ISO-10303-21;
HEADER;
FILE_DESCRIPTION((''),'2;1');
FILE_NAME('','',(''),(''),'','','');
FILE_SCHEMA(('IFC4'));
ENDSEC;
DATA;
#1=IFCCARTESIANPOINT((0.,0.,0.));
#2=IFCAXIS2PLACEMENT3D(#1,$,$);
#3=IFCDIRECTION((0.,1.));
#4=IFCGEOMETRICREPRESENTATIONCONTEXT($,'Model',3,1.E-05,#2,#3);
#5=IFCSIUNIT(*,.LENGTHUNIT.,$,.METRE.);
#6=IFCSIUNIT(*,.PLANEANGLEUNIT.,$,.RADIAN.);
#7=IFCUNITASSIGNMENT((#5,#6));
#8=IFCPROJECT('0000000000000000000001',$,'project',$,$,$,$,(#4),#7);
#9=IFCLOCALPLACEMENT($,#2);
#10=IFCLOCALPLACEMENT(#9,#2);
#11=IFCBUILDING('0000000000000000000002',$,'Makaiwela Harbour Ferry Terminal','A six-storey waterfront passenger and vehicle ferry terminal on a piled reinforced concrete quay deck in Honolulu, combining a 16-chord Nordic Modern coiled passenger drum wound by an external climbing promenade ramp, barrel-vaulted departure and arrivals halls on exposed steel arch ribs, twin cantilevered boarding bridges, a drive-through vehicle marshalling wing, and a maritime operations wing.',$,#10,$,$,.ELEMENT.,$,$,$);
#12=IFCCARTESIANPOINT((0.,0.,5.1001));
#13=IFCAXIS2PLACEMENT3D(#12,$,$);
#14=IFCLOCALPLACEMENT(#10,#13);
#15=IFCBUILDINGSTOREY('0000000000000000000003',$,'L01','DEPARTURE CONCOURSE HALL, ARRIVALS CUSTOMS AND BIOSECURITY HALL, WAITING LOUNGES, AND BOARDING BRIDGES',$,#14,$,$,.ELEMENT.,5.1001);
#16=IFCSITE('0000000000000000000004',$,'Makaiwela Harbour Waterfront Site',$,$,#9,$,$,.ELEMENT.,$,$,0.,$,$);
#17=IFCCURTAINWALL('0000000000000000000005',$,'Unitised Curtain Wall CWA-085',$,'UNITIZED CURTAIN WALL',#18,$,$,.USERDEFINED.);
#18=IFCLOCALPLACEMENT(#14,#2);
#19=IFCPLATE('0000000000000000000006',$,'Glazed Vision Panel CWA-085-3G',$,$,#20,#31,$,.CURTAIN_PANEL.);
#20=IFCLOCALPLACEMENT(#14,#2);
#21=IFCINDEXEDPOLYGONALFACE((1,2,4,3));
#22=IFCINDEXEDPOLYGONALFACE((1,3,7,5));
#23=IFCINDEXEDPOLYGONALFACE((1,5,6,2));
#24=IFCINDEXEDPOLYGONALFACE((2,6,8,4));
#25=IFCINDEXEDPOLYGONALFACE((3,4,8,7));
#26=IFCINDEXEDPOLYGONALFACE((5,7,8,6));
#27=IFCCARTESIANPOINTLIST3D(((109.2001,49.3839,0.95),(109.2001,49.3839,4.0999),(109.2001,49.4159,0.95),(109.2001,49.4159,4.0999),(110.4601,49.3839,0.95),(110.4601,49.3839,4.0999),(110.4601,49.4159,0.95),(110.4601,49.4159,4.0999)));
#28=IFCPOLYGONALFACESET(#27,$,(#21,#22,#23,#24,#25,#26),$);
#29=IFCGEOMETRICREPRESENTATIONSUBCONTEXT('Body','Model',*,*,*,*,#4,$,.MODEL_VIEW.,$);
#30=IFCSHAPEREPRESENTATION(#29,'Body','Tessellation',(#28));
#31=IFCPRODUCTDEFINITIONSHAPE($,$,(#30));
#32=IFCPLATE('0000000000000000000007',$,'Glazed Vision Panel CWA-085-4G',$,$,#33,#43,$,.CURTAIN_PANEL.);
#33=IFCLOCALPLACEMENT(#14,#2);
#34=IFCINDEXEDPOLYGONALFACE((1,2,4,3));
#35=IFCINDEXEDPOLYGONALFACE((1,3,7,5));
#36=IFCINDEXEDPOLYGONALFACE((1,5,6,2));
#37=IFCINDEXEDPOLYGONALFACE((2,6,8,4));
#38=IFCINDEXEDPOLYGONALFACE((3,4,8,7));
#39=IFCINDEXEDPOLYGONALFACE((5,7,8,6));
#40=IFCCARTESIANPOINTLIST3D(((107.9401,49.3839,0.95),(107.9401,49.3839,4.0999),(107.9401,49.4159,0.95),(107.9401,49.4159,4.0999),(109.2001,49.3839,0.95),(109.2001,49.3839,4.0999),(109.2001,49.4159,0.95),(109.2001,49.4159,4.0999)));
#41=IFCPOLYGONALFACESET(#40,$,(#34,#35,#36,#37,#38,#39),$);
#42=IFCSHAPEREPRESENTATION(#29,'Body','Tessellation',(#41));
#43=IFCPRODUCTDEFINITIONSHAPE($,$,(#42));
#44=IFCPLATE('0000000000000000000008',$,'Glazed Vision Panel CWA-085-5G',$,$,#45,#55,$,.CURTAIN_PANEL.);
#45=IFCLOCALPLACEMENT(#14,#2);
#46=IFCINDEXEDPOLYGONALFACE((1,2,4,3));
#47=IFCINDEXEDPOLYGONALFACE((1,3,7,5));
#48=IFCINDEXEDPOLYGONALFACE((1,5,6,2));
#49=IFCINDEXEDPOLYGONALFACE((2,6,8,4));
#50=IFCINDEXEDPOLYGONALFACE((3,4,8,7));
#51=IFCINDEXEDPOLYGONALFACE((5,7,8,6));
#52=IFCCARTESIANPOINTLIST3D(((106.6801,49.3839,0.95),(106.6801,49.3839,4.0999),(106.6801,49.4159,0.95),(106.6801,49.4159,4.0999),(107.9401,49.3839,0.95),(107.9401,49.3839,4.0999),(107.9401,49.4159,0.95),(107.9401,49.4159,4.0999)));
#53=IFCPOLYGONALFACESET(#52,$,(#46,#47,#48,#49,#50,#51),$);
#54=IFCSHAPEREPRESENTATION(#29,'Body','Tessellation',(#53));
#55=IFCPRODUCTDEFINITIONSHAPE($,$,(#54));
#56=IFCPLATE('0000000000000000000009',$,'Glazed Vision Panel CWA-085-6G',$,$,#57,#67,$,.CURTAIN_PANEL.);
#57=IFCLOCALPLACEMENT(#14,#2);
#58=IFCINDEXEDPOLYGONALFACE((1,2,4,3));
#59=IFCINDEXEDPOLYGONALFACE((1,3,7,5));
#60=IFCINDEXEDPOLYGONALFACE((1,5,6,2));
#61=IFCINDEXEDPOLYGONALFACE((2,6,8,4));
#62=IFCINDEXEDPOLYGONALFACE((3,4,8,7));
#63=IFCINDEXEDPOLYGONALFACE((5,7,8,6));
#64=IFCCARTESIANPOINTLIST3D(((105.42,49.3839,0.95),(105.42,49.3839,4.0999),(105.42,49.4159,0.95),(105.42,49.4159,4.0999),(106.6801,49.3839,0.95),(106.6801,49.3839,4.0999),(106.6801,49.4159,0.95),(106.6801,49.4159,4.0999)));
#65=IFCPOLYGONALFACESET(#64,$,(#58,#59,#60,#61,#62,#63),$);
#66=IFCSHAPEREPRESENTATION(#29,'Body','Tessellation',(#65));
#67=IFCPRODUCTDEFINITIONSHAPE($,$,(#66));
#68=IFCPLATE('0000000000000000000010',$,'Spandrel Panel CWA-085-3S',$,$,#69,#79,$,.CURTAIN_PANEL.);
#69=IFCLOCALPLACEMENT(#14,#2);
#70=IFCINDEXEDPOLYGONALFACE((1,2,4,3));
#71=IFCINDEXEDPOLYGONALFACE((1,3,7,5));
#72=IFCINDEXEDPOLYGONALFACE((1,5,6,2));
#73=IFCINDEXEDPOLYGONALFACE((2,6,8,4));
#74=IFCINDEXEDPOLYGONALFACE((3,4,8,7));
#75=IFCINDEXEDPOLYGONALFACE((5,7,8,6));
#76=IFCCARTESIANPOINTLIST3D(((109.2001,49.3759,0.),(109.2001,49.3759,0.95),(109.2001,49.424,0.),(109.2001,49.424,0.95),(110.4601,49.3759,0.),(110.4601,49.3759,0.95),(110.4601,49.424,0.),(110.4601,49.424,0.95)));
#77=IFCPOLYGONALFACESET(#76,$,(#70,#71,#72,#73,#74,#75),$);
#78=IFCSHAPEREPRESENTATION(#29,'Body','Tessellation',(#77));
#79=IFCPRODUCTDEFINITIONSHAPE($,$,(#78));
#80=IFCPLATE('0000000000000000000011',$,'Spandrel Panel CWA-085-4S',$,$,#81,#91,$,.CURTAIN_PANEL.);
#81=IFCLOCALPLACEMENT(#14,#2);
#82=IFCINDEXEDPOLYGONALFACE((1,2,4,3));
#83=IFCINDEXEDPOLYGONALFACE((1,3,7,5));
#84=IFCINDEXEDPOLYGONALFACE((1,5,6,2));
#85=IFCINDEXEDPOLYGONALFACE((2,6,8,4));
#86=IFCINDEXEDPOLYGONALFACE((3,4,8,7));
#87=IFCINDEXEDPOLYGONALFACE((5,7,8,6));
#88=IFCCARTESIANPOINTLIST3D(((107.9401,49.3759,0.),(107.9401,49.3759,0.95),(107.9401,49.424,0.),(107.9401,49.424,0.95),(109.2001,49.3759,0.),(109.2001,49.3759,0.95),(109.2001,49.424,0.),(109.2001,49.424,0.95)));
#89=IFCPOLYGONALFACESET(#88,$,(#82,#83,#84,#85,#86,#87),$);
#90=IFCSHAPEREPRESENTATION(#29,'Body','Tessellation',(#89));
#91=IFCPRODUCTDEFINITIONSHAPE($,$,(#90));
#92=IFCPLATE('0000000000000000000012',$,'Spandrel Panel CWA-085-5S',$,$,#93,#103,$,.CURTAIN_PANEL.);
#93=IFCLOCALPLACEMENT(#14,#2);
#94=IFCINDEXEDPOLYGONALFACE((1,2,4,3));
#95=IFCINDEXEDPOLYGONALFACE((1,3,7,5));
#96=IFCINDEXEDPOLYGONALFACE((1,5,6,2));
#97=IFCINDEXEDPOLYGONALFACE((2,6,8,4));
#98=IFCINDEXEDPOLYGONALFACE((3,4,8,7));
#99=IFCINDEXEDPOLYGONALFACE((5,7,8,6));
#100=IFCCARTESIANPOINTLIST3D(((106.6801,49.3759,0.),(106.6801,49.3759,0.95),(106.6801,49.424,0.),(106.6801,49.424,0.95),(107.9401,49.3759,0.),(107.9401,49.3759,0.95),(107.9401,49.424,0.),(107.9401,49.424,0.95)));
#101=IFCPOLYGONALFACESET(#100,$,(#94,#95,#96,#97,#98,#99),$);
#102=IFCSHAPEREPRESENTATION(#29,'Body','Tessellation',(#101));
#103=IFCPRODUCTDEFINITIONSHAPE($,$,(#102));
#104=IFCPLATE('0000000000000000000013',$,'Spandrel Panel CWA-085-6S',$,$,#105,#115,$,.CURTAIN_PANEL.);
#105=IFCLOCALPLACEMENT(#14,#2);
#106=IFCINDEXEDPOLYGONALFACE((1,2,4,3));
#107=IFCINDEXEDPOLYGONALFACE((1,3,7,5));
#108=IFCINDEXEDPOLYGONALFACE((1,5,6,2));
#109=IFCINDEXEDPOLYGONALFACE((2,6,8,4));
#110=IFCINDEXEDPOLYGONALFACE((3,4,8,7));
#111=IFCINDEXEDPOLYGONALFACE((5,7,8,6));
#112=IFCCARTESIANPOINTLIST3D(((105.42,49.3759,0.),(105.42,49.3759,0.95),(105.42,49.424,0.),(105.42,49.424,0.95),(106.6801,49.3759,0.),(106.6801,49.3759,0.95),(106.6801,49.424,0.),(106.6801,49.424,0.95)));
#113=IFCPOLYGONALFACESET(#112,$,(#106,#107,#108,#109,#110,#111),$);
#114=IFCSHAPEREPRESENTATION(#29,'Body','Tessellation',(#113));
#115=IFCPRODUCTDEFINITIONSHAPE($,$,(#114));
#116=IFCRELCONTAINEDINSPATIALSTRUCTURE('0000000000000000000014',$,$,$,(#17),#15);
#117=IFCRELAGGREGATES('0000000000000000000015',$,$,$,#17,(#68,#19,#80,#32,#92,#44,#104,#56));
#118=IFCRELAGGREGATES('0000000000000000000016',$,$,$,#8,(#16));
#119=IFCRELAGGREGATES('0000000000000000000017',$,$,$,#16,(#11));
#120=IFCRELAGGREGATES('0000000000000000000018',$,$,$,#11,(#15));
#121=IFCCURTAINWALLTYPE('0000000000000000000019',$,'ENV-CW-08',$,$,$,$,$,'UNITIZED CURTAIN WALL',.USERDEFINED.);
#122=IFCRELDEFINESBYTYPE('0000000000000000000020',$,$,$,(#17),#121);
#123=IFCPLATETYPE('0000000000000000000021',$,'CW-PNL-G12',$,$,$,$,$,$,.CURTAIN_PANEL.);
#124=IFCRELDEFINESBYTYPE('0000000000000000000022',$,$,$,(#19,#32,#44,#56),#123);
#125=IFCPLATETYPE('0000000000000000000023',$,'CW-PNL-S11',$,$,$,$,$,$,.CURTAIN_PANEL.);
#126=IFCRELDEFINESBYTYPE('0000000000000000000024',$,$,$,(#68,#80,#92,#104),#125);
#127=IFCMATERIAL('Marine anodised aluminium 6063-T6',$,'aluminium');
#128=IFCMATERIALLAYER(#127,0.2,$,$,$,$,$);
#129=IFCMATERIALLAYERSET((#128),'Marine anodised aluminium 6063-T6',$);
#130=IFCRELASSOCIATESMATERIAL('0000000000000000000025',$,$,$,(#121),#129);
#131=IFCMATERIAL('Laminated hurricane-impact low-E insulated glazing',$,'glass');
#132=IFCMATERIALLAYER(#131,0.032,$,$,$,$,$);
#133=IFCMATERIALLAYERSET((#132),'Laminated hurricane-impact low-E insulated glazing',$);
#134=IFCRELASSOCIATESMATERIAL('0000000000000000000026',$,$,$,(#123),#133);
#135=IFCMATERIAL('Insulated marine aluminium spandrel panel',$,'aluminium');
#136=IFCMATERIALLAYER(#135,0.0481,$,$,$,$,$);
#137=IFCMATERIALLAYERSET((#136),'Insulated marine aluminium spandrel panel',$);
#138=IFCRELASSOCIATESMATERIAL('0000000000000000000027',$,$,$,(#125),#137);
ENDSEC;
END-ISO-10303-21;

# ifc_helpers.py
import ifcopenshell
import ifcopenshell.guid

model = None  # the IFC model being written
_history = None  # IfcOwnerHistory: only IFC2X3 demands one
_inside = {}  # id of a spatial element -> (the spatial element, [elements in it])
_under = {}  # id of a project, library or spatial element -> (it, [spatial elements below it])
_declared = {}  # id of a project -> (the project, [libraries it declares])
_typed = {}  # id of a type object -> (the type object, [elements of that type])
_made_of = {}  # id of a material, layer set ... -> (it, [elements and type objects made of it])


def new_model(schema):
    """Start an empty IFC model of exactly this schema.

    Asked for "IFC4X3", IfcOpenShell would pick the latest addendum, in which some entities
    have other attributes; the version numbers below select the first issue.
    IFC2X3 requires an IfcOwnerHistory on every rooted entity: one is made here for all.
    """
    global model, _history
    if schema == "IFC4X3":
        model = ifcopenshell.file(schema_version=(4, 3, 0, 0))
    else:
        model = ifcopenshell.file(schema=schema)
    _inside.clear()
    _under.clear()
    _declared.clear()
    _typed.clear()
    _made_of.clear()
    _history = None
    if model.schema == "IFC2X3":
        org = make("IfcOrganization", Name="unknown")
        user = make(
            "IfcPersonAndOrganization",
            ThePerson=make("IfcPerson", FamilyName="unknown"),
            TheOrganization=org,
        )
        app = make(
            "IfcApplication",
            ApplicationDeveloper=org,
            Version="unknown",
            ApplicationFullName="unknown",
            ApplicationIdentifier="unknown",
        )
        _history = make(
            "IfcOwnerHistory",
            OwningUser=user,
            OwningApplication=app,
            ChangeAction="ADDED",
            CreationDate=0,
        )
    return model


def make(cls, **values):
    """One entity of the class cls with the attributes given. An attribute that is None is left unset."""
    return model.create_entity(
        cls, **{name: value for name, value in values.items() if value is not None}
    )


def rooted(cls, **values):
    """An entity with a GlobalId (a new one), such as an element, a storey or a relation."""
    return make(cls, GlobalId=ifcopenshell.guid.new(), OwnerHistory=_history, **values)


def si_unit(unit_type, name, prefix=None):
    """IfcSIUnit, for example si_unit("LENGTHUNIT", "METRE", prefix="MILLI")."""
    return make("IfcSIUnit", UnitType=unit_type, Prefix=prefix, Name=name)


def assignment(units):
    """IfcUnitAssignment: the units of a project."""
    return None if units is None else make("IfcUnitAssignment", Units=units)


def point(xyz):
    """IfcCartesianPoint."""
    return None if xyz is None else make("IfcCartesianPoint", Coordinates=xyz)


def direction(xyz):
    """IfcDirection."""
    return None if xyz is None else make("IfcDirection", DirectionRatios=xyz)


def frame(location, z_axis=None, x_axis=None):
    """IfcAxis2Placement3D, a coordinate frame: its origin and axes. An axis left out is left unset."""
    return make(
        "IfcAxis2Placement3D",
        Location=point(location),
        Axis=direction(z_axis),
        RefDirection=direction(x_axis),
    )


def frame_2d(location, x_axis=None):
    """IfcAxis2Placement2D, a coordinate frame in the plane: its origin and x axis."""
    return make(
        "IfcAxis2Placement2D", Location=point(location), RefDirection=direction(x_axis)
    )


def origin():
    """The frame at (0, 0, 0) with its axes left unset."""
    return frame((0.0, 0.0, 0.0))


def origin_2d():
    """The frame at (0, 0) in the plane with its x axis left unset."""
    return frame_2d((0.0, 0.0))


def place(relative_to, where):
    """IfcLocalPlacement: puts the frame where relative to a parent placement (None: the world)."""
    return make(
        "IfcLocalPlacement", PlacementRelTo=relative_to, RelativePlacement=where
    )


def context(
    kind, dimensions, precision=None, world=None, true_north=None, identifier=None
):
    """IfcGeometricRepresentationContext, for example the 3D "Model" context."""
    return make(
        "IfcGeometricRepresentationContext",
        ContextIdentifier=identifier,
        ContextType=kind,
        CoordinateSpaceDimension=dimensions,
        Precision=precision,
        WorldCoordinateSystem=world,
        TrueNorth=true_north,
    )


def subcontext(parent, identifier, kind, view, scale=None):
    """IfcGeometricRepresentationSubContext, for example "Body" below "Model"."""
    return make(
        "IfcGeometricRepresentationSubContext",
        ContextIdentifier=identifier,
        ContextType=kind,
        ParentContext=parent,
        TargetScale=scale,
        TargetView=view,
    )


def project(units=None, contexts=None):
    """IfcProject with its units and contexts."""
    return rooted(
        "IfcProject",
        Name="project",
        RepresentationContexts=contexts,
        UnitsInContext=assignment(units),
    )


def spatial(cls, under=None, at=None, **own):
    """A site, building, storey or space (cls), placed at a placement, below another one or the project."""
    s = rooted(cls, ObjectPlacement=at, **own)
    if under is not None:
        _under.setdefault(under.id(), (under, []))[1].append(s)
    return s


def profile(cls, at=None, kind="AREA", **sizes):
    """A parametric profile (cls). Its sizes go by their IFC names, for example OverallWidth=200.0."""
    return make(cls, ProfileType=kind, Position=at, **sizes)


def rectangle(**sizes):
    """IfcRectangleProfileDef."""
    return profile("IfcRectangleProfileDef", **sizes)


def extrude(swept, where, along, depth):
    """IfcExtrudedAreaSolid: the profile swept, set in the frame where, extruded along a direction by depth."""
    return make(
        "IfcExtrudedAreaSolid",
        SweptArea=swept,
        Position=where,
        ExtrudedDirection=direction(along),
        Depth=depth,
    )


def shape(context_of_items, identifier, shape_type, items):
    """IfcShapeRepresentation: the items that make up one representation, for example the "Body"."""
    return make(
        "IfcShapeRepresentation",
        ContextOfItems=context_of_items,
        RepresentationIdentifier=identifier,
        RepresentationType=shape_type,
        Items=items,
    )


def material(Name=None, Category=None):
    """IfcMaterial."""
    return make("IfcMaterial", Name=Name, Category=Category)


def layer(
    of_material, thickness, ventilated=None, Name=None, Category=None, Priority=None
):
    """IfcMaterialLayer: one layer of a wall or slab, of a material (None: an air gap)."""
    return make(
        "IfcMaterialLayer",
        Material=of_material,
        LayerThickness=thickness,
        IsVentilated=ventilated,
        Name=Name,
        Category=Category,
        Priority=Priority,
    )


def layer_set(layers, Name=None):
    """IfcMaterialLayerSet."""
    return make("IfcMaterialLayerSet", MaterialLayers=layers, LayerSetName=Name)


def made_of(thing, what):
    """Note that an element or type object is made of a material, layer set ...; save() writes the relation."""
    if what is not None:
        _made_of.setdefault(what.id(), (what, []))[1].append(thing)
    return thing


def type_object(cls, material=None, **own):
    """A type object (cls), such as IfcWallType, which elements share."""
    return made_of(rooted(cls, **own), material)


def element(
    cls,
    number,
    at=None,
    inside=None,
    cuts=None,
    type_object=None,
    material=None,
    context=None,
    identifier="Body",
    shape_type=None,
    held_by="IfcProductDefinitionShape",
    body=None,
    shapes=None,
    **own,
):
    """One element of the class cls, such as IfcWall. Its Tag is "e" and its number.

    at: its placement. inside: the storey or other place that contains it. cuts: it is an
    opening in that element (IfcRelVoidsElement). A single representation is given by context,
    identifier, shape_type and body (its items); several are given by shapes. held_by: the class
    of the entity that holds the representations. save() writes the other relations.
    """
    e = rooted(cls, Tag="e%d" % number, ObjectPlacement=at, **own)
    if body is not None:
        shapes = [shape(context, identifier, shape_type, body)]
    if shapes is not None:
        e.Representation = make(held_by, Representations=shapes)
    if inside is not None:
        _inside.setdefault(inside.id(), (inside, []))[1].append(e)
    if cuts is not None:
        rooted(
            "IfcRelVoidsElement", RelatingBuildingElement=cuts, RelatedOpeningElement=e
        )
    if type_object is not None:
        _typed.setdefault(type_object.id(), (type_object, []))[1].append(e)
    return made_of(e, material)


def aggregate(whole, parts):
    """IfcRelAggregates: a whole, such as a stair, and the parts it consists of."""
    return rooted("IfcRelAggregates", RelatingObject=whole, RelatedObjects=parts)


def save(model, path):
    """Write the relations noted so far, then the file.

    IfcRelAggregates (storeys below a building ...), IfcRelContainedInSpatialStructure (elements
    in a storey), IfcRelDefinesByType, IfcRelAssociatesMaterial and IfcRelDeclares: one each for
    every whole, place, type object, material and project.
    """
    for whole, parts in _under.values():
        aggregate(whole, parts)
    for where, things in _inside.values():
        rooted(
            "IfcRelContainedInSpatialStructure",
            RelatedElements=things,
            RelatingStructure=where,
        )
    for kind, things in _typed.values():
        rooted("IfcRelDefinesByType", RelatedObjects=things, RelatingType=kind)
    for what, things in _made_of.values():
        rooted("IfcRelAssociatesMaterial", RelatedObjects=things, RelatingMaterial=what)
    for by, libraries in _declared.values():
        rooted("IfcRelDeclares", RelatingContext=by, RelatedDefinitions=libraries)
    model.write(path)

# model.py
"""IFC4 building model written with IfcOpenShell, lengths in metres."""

from ifc_helpers import new_model, si_unit, direction, frame, origin, origin_2d, place, context, subcontext, project, spatial, rectangle, extrude, material, layer, layer_set, type_object, element, aggregate, save


model = new_model("IFC4")

# Units and contexts
model_context = context("Model", 3, precision=1e-05, world=origin(), true_north=direction((0.0, 1.0)))
body_context = subcontext(model_context, "Body", "Model", "MODEL_VIEW")
ifc_project = project(units=[si_unit("LENGTHUNIT", "METRE"), si_unit("PLANEANGLEUNIT", "RADIAN")], contexts=[model_context])

# Site, building, storey
site_placement = place(None, origin())
site = spatial("IfcSite", under=ifc_project, at=site_placement, Name="Makaiwela Harbour Waterfront Site", CompositionType="ELEMENT", RefElevation=0.0)
building_placement = place(site_placement, origin())
building = spatial("IfcBuilding", under=site, at=building_placement, Name="Makaiwela Harbour Ferry Terminal", Description="A six-storey waterfront passenger and vehicle ferry terminal on a piled reinforced concrete quay deck in Honolulu, combining a 16-chord Nordic Modern coiled passenger drum wound by an external climbing promenade ramp, barrel-vaulted departure and arrivals halls on exposed steel arch ribs, twin cantilevered boarding bridges, a drive-through vehicle marshalling wing, and a maritime operations wing.", CompositionType="ELEMENT")
storey_placement = place(building_placement, frame((0.0, 0.0, 5.1001)))
storey = spatial("IfcBuildingStorey", under=building, at=storey_placement, Name="L01", Description="DEPARTURE CONCOURSE HALL, ARRIVALS CUSTOMS AND BIOSECURITY HALL, WAITING LOUNGES, AND BOARDING BRIDGES", CompositionType="ELEMENT", Elevation=5.1001)

# Curtain wall
ifc_material_1 = material(Name="Marine anodised aluminium 6063-T6", Category="aluminium")
ifc_layer_1 = layer(ifc_material_1, 0.2)
ifc_layer_set_1 = layer_set([ifc_layer_1], Name="Marine anodised aluminium 6063-T6")
curtain_wall_type = type_object("IfcCurtainWallType", Name="ENV-CW-08", ElementType="UNITIZED CURTAIN WALL", PredefinedType="USERDEFINED", material=ifc_layer_set_1)
curtain_wall_placement = place(storey_placement, origin())
curtain_wall = element("IfcCurtainWall", 1, at=curtain_wall_placement, inside=storey, type_object=curtain_wall_type, Name="Unitised Curtain Wall CWA-085", ObjectType="UNITIZED CURTAIN WALL", PredefinedType="USERDEFINED")

# Plates
ifc_material_2 = material(Name="Laminated hurricane-impact low-E insulated glazing", Category="glass")
ifc_layer_2 = layer(ifc_material_2, 0.032)
ifc_layer_set_2 = layer_set([ifc_layer_2], Name="Laminated hurricane-impact low-E insulated glazing")
plate_type_1 = type_object("IfcPlateType", Name="CW-PNL-G12", PredefinedType="CURTAIN_PANEL", material=ifc_layer_set_2)
plate_1_placement = place(storey_placement, frame((109.8301, 49.3999, 0.95), z_axis=(0.0, 0.0, 1.0), x_axis=(-1.0, 0.0, 0.0)))
plate_1 = element("IfcPlate", 2, at=plate_1_placement, type_object=plate_type_1, Name="Glazed Vision Panel CWA-085-3G", PredefinedType="CURTAIN_PANEL", context=body_context, shape_type="SweptSolid", body=[
    extrude(rectangle(XDim=1.26, YDim=0.032, at=origin_2d()), origin(), (0.0, 0.0, 1.0), 3.1499),
])
plate_2_placement = place(storey_placement, frame((108.5701, 49.3999, 0.95), z_axis=(0.0, 0.0, 1.0), x_axis=(-1.0, 0.0, 0.0)))
plate_2 = element("IfcPlate", 3, at=plate_2_placement, type_object=plate_type_1, Name="Glazed Vision Panel CWA-085-4G", PredefinedType="CURTAIN_PANEL", context=body_context, shape_type="SweptSolid", body=[
    extrude(rectangle(XDim=1.26, YDim=0.032, at=origin_2d()), origin(), (0.0, 0.0, 1.0), 3.1499),
])
plate_3_placement = place(storey_placement, frame((107.3101, 49.3999, 0.95), z_axis=(0.0, 0.0, 1.0), x_axis=(-1.0, 0.0, 0.0)))
plate_3 = element("IfcPlate", 4, at=plate_3_placement, type_object=plate_type_1, Name="Glazed Vision Panel CWA-085-5G", PredefinedType="CURTAIN_PANEL", context=body_context, shape_type="SweptSolid", body=[
    extrude(rectangle(XDim=1.26, YDim=0.032, at=origin_2d()), origin(), (0.0, 0.0, 1.0), 3.1499),
])
plate_4_placement = place(storey_placement, frame((106.05, 49.3999, 0.95), z_axis=(0.0, 0.0, 1.0), x_axis=(-1.0, 0.0, 0.0)))
plate_4 = element("IfcPlate", 5, at=plate_4_placement, type_object=plate_type_1, Name="Glazed Vision Panel CWA-085-6G", PredefinedType="CURTAIN_PANEL", context=body_context, shape_type="SweptSolid", body=[
    extrude(rectangle(XDim=1.26, YDim=0.032, at=origin_2d()), origin(), (0.0, 0.0, 1.0), 3.1499),
])
ifc_material_3 = material(Name="Insulated marine aluminium spandrel panel", Category="aluminium")
ifc_layer_3 = layer(ifc_material_3, 0.0481)
ifc_layer_set_3 = layer_set([ifc_layer_3], Name="Insulated marine aluminium spandrel panel")
plate_type_2 = type_object("IfcPlateType", Name="CW-PNL-S11", PredefinedType="CURTAIN_PANEL", material=ifc_layer_set_3)
plate_5_placement = place(storey_placement, frame((109.8301, 49.3999, 0.0), z_axis=(0.0, 0.0, 1.0), x_axis=(-1.0, 0.0, 0.0)))
plate_5 = element("IfcPlate", 6, at=plate_5_placement, type_object=plate_type_2, Name="Spandrel Panel CWA-085-3S", PredefinedType="CURTAIN_PANEL", context=body_context, shape_type="SweptSolid", body=[
    extrude(rectangle(XDim=1.26, YDim=0.0481, at=origin_2d()), origin(), (0.0, 0.0, 1.0), 0.95),
])
plate_6_placement = place(storey_placement, frame((108.5701, 49.3999, 0.0), z_axis=(0.0, 0.0, 1.0), x_axis=(-1.0, 0.0, 0.0)))
plate_6 = element("IfcPlate", 7, at=plate_6_placement, type_object=plate_type_2, Name="Spandrel Panel CWA-085-4S", PredefinedType="CURTAIN_PANEL", context=body_context, shape_type="SweptSolid", body=[
    extrude(rectangle(XDim=1.26, YDim=0.0481, at=origin_2d()), origin(), (0.0, 0.0, 1.0), 0.95),
])
plate_7_placement = place(storey_placement, frame((107.3101, 49.3999, 0.0), z_axis=(0.0, 0.0, 1.0), x_axis=(-1.0, 0.0, 0.0)))
plate_7 = element("IfcPlate", 8, at=plate_7_placement, type_object=plate_type_2, Name="Spandrel Panel CWA-085-5S", PredefinedType="CURTAIN_PANEL", context=body_context, shape_type="SweptSolid", body=[
    extrude(rectangle(XDim=1.26, YDim=0.0481, at=origin_2d()), origin(), (0.0, 0.0, 1.0), 0.95),
])
plate_8_placement = place(storey_placement, frame((106.05, 49.3999, 0.0), z_axis=(0.0, 0.0, 1.0), x_axis=(-1.0, 0.0, 0.0)))
plate_8 = element("IfcPlate", 9, at=plate_8_placement, type_object=plate_type_2, Name="Spandrel Panel CWA-085-6S", PredefinedType="CURTAIN_PANEL", context=body_context, shape_type="SweptSolid", body=[
    extrude(rectangle(XDim=1.26, YDim=0.0481, at=origin_2d()), origin(), (0.0, 0.0, 1.0), 0.95),
])
aggregate(curtain_wall, [plate_5, plate_1, plate_6, plate_2, plate_7, plate_3, plate_8, plate_4])

save(model, "model.ifc")
